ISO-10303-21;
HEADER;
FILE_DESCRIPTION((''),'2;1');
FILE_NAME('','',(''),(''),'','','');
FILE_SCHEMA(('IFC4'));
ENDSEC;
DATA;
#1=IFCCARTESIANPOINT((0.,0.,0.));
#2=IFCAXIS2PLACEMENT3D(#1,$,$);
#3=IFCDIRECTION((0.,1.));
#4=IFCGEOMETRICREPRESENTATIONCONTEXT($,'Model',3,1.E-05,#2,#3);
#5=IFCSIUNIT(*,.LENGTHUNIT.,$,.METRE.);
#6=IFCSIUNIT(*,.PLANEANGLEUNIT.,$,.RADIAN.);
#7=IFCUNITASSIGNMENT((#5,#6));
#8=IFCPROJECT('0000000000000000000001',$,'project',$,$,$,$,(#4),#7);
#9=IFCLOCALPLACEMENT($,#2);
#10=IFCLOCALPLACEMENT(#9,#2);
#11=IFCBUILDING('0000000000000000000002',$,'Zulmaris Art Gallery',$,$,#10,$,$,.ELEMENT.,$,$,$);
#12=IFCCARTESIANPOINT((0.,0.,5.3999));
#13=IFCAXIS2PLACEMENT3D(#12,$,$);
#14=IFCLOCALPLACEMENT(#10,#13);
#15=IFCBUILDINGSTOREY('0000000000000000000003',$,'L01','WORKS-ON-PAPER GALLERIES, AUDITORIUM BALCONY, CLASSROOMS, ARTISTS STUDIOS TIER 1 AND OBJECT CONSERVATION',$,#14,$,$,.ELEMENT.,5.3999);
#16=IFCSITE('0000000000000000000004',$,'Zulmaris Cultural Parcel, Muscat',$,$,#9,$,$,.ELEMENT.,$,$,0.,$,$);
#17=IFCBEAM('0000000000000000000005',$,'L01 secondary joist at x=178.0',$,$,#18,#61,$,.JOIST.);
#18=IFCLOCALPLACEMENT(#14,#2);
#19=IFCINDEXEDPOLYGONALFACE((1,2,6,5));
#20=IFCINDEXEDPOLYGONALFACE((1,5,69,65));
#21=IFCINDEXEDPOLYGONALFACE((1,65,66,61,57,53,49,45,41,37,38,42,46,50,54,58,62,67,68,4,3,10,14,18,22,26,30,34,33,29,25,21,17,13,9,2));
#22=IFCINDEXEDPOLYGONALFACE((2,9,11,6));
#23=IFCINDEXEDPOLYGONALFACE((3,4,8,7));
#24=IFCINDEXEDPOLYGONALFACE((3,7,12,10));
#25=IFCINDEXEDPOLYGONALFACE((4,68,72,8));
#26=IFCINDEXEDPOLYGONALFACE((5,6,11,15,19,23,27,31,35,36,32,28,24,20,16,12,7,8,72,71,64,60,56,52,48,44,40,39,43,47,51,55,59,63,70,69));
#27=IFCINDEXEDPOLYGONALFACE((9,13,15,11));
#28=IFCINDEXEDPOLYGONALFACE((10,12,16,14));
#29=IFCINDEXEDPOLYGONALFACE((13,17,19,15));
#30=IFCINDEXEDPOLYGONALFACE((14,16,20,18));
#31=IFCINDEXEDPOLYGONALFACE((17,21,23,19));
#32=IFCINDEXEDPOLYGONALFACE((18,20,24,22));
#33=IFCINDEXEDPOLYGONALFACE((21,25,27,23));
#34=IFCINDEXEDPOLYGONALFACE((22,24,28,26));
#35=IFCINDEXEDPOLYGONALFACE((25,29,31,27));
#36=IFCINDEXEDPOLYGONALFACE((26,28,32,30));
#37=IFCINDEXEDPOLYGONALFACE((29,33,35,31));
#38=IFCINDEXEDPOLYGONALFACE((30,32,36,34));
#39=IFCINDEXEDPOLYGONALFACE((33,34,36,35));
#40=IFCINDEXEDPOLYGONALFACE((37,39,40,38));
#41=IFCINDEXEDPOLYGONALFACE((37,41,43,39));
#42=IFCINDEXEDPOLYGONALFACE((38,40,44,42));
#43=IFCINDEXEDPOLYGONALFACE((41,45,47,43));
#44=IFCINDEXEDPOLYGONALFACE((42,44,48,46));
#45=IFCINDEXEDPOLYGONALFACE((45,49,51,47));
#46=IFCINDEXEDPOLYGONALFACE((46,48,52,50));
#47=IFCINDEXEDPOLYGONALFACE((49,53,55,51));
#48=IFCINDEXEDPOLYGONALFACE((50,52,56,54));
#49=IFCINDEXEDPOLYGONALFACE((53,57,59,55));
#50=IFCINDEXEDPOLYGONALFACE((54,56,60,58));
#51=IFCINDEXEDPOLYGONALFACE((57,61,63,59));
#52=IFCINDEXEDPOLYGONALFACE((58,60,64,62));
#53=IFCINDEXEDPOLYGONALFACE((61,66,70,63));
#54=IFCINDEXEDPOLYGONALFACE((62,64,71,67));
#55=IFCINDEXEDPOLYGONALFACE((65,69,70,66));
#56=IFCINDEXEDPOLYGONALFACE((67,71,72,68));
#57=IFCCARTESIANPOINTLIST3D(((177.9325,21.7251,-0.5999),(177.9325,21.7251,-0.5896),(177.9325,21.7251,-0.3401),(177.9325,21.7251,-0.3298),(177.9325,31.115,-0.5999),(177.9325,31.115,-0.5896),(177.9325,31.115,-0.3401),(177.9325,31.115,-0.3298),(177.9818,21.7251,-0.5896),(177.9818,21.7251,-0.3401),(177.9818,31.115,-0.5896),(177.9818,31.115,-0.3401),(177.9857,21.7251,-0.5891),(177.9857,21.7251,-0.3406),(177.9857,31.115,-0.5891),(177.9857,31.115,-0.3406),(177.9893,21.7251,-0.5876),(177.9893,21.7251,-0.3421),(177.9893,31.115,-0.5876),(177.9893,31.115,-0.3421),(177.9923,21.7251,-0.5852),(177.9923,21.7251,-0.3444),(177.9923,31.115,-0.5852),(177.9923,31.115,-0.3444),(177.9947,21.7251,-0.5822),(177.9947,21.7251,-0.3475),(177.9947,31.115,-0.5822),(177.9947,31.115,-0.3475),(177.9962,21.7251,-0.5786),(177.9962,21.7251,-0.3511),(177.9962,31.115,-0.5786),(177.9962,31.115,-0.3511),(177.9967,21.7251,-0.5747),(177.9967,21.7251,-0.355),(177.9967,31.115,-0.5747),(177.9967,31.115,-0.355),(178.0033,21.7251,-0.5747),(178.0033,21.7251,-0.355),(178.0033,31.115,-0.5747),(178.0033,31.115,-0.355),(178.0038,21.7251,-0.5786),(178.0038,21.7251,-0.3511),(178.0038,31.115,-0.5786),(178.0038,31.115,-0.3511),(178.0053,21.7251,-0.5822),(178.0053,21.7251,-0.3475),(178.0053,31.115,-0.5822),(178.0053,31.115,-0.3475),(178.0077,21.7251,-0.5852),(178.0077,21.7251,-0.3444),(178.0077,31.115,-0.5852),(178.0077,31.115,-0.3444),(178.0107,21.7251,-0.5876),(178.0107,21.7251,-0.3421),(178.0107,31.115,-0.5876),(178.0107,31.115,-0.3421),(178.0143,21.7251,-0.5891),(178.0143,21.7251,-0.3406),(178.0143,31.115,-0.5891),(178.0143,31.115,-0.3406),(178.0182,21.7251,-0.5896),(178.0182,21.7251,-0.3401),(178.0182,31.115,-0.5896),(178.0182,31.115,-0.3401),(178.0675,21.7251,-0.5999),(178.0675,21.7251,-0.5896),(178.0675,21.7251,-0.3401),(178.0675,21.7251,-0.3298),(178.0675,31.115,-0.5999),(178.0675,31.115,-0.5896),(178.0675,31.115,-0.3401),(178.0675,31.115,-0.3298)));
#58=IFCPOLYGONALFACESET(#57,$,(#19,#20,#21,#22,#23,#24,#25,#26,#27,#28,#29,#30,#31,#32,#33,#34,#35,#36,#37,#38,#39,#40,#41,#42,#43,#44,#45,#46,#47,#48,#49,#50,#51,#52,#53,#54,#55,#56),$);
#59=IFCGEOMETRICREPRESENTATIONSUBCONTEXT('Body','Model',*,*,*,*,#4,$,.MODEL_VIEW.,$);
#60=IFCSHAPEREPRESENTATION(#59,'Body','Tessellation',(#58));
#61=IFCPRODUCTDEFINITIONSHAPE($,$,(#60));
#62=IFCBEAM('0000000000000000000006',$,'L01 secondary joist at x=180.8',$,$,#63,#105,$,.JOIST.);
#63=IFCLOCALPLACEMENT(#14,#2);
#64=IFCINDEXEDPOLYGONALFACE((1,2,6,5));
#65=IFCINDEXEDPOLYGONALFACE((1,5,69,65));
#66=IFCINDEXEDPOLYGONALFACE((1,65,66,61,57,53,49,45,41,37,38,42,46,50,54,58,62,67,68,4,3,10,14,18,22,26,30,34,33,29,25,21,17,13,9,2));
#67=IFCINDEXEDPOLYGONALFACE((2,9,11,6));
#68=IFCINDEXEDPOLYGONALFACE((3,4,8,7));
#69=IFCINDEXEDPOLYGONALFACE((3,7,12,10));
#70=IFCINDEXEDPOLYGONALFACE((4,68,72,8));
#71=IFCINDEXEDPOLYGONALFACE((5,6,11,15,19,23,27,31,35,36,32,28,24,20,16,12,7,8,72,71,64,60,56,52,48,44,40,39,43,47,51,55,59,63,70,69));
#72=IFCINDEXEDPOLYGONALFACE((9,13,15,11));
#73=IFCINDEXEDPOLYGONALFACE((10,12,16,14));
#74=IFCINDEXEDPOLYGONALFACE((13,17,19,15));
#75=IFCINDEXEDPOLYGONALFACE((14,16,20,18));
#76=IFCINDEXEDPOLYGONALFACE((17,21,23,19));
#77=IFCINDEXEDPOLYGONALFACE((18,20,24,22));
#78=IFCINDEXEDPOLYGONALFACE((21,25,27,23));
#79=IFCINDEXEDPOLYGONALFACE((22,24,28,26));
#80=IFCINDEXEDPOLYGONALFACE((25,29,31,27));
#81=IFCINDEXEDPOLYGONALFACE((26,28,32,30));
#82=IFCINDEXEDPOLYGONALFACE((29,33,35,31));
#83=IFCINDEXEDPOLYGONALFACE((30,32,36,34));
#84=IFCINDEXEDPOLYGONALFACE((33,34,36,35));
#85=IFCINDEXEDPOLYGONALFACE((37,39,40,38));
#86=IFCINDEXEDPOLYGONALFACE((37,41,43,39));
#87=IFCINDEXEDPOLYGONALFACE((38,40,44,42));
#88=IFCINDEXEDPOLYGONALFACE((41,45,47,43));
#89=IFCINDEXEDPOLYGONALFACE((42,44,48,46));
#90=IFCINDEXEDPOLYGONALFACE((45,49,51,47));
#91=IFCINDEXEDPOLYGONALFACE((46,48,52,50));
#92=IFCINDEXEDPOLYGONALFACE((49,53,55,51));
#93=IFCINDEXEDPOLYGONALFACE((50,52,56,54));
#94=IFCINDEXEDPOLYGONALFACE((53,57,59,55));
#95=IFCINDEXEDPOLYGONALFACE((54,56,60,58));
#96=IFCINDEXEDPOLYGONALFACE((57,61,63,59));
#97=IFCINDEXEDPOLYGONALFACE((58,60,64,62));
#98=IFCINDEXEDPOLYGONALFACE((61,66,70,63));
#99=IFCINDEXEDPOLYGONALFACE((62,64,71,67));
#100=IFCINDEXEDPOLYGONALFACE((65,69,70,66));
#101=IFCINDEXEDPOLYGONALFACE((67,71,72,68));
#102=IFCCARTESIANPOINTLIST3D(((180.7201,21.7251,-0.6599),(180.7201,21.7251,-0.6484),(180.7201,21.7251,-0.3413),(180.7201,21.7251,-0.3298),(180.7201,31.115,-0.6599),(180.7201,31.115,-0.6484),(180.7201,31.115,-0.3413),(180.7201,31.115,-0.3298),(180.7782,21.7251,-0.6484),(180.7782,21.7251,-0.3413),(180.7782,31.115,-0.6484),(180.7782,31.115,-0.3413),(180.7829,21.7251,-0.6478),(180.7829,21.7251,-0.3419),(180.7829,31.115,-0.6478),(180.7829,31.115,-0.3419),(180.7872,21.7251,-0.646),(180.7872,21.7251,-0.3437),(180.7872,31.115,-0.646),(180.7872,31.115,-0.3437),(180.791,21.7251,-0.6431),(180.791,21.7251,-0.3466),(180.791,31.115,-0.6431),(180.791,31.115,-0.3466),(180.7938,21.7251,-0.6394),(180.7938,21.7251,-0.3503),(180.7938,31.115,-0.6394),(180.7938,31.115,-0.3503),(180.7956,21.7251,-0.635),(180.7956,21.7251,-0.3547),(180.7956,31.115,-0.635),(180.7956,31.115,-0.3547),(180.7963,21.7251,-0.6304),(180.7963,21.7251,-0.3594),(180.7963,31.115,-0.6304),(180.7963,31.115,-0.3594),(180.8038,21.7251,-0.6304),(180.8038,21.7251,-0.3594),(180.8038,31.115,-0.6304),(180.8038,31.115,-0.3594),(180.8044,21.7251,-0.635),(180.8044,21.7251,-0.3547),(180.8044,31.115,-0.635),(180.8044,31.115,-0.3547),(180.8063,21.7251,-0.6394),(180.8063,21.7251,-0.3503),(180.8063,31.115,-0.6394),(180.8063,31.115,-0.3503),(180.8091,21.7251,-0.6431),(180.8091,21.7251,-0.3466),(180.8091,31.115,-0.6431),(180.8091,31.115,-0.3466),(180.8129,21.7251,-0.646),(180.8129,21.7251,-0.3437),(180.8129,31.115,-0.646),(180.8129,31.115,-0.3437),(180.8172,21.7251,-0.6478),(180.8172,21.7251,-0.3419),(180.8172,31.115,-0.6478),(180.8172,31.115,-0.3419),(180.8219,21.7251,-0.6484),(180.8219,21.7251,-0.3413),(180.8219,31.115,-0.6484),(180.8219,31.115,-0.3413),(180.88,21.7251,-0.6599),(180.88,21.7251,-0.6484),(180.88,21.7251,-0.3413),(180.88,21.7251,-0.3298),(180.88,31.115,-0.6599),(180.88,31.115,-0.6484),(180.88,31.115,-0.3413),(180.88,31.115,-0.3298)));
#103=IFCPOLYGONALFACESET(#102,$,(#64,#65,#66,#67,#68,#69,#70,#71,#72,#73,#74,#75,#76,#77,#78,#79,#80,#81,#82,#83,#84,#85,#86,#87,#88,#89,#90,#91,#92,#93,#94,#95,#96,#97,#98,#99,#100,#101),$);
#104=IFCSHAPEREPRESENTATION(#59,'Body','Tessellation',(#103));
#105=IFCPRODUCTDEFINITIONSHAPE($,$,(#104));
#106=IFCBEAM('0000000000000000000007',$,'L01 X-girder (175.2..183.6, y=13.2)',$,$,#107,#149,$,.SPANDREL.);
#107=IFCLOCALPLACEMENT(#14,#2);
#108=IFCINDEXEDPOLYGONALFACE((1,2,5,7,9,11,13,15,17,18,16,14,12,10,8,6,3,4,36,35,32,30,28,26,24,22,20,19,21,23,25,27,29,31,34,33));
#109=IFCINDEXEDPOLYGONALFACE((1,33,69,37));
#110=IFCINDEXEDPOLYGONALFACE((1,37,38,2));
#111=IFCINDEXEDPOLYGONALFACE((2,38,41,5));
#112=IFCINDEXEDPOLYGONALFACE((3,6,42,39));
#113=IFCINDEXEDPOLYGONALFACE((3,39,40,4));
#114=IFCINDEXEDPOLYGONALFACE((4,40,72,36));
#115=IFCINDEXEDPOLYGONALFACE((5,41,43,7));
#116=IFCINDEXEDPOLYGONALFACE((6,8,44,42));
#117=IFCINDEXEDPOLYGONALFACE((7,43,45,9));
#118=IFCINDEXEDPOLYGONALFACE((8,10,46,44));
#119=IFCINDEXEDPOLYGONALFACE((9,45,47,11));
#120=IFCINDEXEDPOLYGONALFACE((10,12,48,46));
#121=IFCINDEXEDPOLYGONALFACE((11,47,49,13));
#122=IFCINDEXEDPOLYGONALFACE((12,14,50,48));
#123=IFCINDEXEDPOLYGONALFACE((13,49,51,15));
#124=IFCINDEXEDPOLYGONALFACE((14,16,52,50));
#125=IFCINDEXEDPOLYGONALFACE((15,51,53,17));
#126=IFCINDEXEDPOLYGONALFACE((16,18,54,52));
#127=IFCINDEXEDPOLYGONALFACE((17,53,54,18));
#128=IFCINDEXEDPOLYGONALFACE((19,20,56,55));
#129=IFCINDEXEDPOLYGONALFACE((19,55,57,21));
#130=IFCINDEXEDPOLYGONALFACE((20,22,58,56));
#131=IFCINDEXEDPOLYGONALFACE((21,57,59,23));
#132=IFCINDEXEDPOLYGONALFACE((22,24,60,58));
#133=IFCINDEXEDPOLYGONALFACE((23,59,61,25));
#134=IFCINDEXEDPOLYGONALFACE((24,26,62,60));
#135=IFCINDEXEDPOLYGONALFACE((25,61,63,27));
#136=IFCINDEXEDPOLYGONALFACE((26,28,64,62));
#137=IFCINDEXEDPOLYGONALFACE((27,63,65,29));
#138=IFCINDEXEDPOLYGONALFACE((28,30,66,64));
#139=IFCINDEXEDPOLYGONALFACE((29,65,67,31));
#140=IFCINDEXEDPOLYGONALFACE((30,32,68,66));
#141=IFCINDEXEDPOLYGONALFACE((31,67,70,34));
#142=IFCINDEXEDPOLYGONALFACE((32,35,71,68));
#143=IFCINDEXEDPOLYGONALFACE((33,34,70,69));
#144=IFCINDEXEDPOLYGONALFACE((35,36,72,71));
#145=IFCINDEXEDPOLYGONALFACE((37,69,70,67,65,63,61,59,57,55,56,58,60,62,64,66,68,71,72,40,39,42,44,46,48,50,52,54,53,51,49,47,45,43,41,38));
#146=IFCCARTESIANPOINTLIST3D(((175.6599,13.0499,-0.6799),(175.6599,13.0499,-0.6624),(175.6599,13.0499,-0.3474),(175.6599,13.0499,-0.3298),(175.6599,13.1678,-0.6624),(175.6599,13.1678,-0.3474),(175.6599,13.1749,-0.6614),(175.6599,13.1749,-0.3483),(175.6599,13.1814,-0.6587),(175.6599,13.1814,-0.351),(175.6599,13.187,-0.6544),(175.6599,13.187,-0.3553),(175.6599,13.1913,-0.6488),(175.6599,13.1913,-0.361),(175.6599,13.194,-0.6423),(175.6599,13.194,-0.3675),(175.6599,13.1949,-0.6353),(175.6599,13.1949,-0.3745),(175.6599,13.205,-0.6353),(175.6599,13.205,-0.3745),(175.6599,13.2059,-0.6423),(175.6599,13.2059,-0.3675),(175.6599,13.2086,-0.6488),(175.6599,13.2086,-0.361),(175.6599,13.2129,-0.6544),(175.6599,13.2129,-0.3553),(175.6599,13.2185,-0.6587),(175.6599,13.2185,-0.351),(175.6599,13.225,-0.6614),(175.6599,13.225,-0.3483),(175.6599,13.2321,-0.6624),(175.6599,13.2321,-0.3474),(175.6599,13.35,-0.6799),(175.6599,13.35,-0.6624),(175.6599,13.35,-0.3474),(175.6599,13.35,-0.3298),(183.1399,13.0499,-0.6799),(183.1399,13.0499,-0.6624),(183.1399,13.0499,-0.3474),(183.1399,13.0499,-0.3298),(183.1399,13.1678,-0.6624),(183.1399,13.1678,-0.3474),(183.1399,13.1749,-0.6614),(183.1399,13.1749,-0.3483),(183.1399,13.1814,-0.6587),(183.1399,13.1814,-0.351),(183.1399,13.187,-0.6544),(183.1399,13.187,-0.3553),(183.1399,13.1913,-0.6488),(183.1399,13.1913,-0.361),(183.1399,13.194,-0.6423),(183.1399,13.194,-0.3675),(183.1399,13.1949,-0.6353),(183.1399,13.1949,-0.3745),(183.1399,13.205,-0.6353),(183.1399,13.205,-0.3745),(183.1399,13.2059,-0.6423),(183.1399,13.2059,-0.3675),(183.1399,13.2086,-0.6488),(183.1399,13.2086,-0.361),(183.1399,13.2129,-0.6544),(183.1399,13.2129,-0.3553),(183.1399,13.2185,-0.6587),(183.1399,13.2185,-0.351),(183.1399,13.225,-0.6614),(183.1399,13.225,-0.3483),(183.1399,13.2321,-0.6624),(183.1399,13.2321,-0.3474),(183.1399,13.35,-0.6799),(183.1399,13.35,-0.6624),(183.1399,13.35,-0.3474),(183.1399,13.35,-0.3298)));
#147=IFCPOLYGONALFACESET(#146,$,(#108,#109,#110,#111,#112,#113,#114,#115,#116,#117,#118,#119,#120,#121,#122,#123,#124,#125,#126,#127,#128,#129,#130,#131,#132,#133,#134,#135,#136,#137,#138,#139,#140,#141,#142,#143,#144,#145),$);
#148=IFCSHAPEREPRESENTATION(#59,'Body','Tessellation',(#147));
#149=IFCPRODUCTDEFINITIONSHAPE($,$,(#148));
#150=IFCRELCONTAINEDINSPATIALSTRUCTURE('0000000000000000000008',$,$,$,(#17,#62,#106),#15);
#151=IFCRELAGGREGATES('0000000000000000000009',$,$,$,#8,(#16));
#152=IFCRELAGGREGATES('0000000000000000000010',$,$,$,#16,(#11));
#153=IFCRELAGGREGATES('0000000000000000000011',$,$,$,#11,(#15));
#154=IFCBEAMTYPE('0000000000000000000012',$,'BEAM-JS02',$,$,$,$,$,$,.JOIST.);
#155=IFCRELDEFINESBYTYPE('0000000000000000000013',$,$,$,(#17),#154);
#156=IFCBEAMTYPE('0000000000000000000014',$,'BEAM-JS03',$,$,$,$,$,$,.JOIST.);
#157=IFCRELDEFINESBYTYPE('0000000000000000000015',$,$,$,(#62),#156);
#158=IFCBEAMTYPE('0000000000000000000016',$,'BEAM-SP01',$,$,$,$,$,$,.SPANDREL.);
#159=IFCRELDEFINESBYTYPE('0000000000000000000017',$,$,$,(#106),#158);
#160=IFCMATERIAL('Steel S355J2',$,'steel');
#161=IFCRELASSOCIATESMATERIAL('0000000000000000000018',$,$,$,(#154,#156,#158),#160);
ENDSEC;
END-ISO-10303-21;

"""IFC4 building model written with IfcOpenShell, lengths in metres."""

from ifc_helpers import new_model, si_unit, direction, frame, origin, origin_2d, place, context, subcontext, project, spatial, i_section, extrude, material, material_profile, profile_set, type_object, element, save


model = new_model("IFC4")

# Units and contexts
model_context = context("Model", 3, precision=1e-05, world=origin(), true_north=direction((0.0, 1.0)))
body_context = subcontext(model_context, "Body", "Model", "MODEL_VIEW")
ifc_project = project(units=[si_unit("LENGTHUNIT", "METRE"), si_unit("PLANEANGLEUNIT", "RADIAN")], contexts=[model_context])

# Site, building, storey
site_placement = place(None, origin())
site = spatial("IfcSite", under=ifc_project, at=site_placement, Name="Zulmaris Cultural Parcel, Muscat", CompositionType="ELEMENT", RefElevation=0.0)
building_placement = place(site_placement, origin())
building = spatial("IfcBuilding", under=site, at=building_placement, Name="Zulmaris Art Gallery", CompositionType="ELEMENT")
storey_placement = place(building_placement, frame((0.0, 0.0, 5.3999)))
storey = spatial("IfcBuildingStorey", under=building, at=storey_placement, Name="L01", Description="WORKS-ON-PAPER GALLERIES, AUDITORIUM BALCONY, CLASSROOMS, ARTISTS STUDIOS TIER 1 AND OBJECT CONSERVATION", CompositionType="ELEMENT", Elevation=5.3999)

# Beams
ifc_material_1 = material(Name="Steel S355J2", Category="steel")
ifc_material_profile_1 = material_profile(ifc_material_1, i_section(OverallWidth=0.135, OverallDepth=0.27, WebThickness=0.0066, FlangeThickness=0.0103, FilletRadius=0.0149, at=origin_2d()), Name="IPE 270")
ifc_profile_set_1 = profile_set([ifc_material_profile_1], Name="Steel S355J2")
beam_type_1 = type_object("IfcBeamType", Name="BEAM-JS02", PredefinedType="JOIST", material=ifc_profile_set_1)
beam_1_placement = place(storey_placement, frame((178.0, 21.7251, -0.4648), z_axis=(0.0, 1.0, 0.0), x_axis=(-1.0, 0.0, 0.0)))
element("IfcBeam", 1, at=beam_1_placement, inside=storey, type_object=beam_type_1, Name="L01 secondary joist at x=178.0", PredefinedType="JOIST", context=body_context, shape_type="SweptSolid", body=[
    extrude(i_section(OverallWidth=0.135, OverallDepth=0.27, WebThickness=0.0066, FlangeThickness=0.0103, FilletRadius=0.0149, at=origin_2d()), origin(), (0.0, 0.0, 1.0), 9.3899),
])
ifc_material_profile_2 = material_profile(ifc_material_1, i_section(OverallWidth=0.1599, OverallDepth=0.3301, WebThickness=0.0076, FlangeThickness=0.0115, FilletRadius=0.0181, at=origin_2d()), Name="IPE 330")
ifc_profile_set_2 = profile_set([ifc_material_profile_2], Name="Steel S355J2")
beam_type_2 = type_object("IfcBeamType", Name="BEAM-JS03", PredefinedType="JOIST", material=ifc_profile_set_2)
beam_2_placement = place(storey_placement, frame((180.8, 21.7251, -0.4949), z_axis=(0.0, 1.0, 0.0), x_axis=(-1.0, 0.0, 0.0)))
element("IfcBeam", 2, at=beam_2_placement, inside=storey, type_object=beam_type_2, Name="L01 secondary joist at x=180.8", PredefinedType="JOIST", context=body_context, shape_type="SweptSolid", body=[
    extrude(i_section(OverallWidth=0.1599, OverallDepth=0.3301, WebThickness=0.0076, FlangeThickness=0.0115, FilletRadius=0.0181, at=origin_2d()), origin(), (0.0, 0.0, 1.0), 9.3899),
])
ifc_material_profile_3 = material_profile(ifc_material_1, i_section(OverallWidth=0.3, OverallDepth=0.3501, WebThickness=0.01, FlangeThickness=0.0176, FilletRadius=0.0271, at=origin_2d()), Name="HEA 360")
ifc_profile_set_3 = profile_set([ifc_material_profile_3], Name="Steel S355J2")
beam_type_3 = type_object("IfcBeamType", Name="BEAM-SP01", PredefinedType="SPANDREL", material=ifc_profile_set_3)
beam_3_placement = place(storey_placement, frame((175.6599, 13.2, -0.5049), z_axis=(1.0, 0.0, 0.0), x_axis=(0.0, 1.0, 0.0)))
element("IfcBeam", 3, at=beam_3_placement, inside=storey, type_object=beam_type_3, Name="L01 X-girder (175.2..183.6, y=13.2)", PredefinedType="SPANDREL", context=body_context, shape_type="SweptSolid", body=[
    extrude(i_section(OverallWidth=0.3, OverallDepth=0.3501, WebThickness=0.01, FlangeThickness=0.0176, FilletRadius=0.0271, at=origin_2d()), origin(), (0.0, 0.0, 1.0), 7.48),
])

save(model, "model.ifc")
